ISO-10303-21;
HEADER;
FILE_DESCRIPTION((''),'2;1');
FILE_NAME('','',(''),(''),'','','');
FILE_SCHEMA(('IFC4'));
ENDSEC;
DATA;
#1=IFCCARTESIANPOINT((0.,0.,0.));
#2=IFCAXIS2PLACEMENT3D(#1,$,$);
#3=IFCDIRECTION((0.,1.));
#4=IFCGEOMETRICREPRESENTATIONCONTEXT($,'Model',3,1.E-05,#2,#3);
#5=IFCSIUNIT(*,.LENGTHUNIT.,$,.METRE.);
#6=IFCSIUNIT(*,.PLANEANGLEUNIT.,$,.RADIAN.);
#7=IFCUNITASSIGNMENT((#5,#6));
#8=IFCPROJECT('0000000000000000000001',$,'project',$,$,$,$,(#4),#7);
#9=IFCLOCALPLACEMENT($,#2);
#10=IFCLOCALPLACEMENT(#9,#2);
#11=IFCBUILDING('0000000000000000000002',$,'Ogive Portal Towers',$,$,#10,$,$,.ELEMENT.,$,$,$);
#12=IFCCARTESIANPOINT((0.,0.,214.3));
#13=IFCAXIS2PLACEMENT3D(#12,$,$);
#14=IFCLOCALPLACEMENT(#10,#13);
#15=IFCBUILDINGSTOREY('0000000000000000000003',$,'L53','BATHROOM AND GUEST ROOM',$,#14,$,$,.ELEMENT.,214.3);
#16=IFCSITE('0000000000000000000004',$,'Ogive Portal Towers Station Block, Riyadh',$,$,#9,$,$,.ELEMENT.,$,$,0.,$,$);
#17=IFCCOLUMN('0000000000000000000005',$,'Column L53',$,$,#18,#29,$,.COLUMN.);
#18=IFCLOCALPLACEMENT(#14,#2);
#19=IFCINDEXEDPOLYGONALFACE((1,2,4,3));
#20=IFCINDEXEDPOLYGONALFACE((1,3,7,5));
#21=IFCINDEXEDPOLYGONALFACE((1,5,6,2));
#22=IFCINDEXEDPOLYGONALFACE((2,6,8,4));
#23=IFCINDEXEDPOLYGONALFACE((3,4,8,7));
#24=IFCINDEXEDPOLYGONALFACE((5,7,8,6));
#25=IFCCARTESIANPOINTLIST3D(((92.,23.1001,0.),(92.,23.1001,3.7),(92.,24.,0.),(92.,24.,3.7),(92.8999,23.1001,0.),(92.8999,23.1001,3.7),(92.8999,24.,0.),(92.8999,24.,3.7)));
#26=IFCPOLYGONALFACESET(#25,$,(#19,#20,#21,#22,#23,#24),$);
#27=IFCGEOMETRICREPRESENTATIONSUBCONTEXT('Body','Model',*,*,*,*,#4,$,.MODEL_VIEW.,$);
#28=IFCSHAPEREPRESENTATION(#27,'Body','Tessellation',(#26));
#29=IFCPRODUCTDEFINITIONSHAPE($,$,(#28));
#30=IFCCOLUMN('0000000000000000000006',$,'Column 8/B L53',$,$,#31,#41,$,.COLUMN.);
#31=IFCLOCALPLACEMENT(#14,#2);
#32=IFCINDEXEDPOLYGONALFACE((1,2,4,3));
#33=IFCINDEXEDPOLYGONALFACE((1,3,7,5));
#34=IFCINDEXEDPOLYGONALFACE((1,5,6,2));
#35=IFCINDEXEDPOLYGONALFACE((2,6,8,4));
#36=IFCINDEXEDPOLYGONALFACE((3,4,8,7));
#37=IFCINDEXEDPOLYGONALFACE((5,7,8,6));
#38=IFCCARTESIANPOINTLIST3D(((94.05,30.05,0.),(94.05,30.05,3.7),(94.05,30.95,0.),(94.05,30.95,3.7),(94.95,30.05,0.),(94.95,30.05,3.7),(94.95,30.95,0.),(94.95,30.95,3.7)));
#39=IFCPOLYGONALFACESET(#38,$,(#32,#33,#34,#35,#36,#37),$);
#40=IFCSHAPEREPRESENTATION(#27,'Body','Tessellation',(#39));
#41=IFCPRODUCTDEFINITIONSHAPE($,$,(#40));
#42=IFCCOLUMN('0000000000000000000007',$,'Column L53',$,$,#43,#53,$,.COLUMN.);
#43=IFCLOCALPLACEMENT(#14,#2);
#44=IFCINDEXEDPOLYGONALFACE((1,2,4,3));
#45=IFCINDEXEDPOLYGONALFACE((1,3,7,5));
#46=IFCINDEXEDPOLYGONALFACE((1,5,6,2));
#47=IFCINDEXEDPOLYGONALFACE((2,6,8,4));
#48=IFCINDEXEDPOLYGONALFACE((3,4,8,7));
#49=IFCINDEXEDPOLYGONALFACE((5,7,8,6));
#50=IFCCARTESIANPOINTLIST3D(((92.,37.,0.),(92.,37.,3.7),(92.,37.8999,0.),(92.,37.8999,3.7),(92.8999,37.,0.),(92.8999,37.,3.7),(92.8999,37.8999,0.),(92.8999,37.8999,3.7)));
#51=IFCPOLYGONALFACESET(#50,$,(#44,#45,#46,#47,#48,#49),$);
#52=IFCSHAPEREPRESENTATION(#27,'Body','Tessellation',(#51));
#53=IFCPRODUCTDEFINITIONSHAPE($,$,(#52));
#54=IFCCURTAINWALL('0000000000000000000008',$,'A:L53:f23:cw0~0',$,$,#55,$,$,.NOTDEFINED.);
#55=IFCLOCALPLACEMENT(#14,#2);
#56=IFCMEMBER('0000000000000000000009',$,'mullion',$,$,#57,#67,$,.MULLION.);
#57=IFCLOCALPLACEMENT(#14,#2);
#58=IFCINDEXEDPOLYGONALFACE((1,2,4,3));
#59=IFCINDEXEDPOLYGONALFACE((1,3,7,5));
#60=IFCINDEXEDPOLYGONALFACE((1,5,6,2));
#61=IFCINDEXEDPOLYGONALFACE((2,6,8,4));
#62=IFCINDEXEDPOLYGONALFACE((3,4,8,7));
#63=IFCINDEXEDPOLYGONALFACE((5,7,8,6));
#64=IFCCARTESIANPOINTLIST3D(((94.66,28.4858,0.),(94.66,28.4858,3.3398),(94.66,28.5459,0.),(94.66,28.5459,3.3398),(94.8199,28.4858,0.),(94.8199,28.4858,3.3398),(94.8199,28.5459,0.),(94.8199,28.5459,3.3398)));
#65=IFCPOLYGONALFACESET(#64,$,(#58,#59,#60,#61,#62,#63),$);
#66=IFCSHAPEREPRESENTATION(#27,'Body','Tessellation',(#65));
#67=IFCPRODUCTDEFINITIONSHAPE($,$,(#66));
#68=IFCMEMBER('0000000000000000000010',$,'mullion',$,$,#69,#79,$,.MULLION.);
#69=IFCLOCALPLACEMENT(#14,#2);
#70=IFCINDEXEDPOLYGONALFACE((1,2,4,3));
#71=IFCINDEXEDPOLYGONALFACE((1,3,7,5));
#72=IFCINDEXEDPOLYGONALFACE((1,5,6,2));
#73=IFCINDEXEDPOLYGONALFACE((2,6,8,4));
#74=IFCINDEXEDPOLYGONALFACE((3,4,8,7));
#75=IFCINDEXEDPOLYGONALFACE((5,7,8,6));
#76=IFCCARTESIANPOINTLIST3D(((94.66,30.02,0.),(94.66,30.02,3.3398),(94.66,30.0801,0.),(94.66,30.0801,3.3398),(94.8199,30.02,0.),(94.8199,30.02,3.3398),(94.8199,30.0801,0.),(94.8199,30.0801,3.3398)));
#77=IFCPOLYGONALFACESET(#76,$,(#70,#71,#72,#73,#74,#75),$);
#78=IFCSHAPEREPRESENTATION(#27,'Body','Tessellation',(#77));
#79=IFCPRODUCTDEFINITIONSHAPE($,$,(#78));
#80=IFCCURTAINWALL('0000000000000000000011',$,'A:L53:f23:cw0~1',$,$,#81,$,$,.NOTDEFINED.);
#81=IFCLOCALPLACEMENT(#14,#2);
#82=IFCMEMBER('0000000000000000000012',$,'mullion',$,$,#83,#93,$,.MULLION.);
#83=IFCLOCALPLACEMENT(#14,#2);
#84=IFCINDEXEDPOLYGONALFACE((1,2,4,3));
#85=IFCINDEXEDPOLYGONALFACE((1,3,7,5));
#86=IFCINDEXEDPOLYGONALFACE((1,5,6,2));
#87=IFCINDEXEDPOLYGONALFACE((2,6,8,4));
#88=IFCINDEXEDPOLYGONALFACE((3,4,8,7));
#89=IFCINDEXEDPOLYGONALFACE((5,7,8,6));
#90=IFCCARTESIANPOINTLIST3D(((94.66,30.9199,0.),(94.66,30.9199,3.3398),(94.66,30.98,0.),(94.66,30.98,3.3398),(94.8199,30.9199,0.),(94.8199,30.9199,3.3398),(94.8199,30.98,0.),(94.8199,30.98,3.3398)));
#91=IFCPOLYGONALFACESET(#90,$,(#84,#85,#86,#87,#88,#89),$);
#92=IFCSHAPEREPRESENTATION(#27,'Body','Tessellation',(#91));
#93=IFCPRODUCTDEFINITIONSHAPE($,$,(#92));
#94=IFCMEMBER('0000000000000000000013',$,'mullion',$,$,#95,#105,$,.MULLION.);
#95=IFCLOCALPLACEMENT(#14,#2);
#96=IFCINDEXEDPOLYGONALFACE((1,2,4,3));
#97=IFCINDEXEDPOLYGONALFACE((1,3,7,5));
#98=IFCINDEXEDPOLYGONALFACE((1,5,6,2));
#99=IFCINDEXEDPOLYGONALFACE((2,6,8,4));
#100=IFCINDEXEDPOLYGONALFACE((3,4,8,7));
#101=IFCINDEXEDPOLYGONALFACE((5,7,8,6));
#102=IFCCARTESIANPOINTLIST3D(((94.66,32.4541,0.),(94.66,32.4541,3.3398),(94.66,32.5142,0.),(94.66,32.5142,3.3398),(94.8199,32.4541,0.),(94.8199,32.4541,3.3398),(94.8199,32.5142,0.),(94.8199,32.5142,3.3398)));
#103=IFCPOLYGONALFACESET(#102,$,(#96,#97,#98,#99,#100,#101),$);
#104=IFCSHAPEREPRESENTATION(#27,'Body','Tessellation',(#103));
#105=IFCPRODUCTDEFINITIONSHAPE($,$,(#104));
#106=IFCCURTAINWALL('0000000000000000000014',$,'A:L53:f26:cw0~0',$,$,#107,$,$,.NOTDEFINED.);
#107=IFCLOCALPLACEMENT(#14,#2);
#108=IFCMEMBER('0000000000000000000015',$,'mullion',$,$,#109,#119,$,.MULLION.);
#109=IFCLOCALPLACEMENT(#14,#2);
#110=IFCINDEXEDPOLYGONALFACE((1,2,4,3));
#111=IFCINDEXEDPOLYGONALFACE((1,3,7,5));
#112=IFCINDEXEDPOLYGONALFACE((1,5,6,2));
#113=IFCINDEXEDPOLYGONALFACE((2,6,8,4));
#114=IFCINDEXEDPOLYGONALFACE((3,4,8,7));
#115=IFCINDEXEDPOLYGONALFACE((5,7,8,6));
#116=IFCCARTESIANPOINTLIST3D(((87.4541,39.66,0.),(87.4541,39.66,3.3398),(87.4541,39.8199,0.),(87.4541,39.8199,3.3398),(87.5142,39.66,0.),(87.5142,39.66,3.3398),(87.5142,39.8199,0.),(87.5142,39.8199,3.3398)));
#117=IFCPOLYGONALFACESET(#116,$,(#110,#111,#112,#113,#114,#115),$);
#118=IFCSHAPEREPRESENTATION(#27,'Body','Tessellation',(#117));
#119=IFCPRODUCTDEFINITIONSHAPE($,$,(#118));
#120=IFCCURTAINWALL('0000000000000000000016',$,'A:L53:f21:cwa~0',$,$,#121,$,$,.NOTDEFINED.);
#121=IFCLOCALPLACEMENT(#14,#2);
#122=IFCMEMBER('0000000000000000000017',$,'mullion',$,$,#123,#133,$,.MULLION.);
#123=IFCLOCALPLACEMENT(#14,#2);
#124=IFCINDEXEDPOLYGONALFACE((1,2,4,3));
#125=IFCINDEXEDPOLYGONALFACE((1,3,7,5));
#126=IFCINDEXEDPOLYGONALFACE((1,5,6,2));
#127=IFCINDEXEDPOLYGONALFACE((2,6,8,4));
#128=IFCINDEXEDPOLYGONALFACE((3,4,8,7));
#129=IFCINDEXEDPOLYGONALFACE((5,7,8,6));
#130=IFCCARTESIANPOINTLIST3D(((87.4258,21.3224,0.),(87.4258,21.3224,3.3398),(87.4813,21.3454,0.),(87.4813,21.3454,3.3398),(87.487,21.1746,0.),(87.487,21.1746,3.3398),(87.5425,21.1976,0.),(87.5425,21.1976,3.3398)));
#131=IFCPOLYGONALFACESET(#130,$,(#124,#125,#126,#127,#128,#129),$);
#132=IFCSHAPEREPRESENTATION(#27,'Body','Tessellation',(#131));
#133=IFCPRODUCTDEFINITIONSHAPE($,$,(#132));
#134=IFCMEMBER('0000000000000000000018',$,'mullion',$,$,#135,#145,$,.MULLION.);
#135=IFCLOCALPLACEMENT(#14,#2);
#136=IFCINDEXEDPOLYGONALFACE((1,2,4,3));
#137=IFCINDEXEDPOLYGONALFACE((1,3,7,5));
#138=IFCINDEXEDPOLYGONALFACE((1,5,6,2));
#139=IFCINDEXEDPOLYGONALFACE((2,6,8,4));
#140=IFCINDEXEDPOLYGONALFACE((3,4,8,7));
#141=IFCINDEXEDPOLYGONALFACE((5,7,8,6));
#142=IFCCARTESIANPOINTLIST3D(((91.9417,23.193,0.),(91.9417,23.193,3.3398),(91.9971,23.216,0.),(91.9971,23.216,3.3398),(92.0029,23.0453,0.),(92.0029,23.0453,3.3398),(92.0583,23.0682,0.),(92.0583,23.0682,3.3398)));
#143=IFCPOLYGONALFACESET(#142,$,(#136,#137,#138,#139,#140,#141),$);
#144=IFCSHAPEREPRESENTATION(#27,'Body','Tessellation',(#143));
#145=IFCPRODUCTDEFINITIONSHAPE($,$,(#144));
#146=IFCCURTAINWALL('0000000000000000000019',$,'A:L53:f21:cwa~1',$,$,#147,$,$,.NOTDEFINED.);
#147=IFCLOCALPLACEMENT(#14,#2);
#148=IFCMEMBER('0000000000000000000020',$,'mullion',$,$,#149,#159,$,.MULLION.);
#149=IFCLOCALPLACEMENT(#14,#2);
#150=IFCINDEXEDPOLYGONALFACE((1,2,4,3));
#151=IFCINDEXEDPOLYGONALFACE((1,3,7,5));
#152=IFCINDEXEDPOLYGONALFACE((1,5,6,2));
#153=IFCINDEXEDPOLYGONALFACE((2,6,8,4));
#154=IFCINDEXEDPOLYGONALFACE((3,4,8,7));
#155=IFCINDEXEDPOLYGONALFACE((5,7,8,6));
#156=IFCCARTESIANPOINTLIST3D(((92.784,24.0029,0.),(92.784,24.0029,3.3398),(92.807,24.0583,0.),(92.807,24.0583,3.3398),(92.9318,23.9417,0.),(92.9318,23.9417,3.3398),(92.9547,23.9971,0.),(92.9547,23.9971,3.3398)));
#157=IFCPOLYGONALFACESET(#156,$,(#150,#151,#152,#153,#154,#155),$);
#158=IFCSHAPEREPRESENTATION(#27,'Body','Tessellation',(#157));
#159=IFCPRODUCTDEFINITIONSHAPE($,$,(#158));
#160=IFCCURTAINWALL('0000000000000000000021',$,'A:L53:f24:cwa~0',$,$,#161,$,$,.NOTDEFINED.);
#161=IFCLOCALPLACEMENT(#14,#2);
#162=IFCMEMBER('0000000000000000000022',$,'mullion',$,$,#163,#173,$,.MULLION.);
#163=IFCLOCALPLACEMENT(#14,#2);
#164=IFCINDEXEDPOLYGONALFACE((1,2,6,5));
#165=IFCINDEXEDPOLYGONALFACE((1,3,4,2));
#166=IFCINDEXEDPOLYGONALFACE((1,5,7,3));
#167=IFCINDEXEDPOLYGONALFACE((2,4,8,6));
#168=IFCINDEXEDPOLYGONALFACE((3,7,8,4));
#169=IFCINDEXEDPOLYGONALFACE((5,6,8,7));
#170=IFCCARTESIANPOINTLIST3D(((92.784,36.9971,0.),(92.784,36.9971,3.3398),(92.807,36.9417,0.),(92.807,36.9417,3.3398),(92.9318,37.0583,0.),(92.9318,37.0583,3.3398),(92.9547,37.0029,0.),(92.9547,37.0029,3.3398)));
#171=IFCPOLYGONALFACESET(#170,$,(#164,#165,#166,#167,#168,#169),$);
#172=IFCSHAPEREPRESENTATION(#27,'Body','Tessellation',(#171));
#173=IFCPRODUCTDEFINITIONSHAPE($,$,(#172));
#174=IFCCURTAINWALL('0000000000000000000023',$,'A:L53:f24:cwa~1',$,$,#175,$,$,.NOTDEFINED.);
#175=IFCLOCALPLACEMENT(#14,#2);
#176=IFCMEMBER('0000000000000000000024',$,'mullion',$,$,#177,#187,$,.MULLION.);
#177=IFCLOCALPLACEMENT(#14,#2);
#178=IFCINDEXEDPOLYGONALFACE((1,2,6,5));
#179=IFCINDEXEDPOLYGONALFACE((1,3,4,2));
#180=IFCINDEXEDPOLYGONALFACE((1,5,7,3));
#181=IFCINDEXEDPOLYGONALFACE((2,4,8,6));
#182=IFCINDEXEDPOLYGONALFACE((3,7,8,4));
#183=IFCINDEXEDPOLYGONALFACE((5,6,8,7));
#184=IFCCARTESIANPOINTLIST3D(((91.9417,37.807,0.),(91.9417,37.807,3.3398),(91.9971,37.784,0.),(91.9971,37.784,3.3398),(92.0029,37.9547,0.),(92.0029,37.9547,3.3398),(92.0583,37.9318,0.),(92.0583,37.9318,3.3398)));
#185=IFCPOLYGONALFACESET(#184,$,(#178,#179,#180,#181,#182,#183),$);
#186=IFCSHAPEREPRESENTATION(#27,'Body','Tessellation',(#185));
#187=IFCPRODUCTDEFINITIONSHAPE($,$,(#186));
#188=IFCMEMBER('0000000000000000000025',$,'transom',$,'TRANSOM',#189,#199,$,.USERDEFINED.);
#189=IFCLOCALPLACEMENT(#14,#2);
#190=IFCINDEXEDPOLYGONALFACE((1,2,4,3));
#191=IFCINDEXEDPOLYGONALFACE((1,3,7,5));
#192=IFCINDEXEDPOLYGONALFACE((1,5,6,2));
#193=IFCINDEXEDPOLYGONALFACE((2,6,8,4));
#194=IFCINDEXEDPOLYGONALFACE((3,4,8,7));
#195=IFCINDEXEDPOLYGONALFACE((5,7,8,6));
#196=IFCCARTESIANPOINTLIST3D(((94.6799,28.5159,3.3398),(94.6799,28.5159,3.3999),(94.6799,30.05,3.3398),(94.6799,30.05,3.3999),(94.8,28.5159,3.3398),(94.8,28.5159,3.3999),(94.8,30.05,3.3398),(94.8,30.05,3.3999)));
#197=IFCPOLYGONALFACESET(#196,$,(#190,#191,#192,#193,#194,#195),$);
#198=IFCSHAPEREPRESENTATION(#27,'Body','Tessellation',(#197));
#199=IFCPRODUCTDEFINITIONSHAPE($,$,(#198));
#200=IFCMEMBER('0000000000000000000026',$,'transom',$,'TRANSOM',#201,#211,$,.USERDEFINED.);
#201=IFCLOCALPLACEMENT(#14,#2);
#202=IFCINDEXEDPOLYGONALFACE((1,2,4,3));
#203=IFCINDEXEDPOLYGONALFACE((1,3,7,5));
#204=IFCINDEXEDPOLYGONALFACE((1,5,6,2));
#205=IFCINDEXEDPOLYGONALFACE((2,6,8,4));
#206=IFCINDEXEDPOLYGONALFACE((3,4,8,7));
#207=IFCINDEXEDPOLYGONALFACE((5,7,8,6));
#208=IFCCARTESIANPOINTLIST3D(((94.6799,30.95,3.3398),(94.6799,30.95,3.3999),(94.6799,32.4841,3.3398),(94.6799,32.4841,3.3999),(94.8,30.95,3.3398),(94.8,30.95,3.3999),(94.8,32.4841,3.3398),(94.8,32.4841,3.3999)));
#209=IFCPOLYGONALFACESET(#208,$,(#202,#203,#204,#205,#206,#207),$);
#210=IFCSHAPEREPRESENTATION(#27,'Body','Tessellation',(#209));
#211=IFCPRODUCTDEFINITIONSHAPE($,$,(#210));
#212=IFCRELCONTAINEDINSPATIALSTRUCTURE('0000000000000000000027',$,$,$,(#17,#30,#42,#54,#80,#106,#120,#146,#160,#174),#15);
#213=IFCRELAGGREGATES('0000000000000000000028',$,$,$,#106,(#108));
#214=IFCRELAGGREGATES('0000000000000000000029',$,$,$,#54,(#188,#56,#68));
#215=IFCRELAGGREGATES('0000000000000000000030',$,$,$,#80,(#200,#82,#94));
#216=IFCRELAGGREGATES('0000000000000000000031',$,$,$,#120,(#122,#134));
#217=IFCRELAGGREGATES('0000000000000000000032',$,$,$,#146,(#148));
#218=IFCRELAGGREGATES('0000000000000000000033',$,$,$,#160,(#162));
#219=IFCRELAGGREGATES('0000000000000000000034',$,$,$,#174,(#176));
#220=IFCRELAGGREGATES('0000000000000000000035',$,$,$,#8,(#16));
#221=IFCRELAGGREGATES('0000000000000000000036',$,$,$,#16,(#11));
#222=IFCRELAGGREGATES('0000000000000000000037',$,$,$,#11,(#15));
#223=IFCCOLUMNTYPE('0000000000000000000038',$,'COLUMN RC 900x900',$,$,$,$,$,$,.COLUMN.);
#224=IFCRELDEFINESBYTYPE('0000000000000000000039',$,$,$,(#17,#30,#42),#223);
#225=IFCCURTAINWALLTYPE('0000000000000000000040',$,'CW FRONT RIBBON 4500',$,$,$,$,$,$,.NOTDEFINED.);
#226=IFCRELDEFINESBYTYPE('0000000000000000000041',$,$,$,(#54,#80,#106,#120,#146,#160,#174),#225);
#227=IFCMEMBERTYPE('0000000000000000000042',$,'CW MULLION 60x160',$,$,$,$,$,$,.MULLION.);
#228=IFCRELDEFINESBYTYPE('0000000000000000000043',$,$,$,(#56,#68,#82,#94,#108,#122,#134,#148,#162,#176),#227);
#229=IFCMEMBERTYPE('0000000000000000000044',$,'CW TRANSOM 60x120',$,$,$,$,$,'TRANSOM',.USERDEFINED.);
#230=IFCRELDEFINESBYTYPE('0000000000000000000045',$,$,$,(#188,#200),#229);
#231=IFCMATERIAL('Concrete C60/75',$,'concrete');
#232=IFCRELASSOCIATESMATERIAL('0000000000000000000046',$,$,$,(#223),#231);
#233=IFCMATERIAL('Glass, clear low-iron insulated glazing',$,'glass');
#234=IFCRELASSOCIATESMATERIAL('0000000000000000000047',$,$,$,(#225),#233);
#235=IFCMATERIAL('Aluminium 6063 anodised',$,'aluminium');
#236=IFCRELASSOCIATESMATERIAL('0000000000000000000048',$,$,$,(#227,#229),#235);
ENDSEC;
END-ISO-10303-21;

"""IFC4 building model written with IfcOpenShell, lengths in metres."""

from ifc_helpers import new_model, si_unit, direction, frame, origin, origin_2d, place, context, subcontext, project, spatial, rectangle, extrude, material, material_profile, profile_set, type_object, element, aggregate, save


model = new_model("IFC4")

# Units and contexts
model_context = context("Model", 3, precision=1e-05, world=origin(), true_north=direction((0.0, 1.0)))
body_context = subcontext(model_context, "Body", "Model", "MODEL_VIEW")
ifc_project = project(units=[si_unit("LENGTHUNIT", "METRE"), si_unit("PLANEANGLEUNIT", "RADIAN")], contexts=[model_context])

# Site, building, storey
site_placement = place(None, origin())
site = spatial("IfcSite", under=ifc_project, at=site_placement, Name="Ogive Portal Towers Station Block, Riyadh", CompositionType="ELEMENT", RefElevation=0.0)
building_placement = place(site_placement, origin())
building = spatial("IfcBuilding", under=site, at=building_placement, Name="Ogive Portal Towers", CompositionType="ELEMENT")
storey_placement = place(building_placement, frame((0.0, 0.0, 214.3)))
storey = spatial("IfcBuildingStorey", under=building, at=storey_placement, Name="L53", Description="BATHROOM AND GUEST ROOM", CompositionType="ELEMENT", Elevation=214.3)

# Columns
ifc_material_1 = material(Name="Concrete C60/75", Category="concrete")
ifc_material_profile_1 = material_profile(ifc_material_1, rectangle(XDim=0.8999, YDim=0.8999, at=origin_2d()), Name="RC 900x900")
ifc_profile_set_1 = profile_set([ifc_material_profile_1], Name="Concrete C60/75")
column_type = type_object("IfcColumnType", Name="COLUMN RC 900x900", PredefinedType="COLUMN", material=ifc_profile_set_1)
for number, where, z_axis, x_axis, name in (
    (1, (92.45, 23.55, 0.0), (0.0, 0.0, 1.0), (1.0, 0.0, 0.0), "Column L53"),
    (2, (94.5, 30.5, 0.0), (0.0, 0.0, 1.0), (1.0, 0.0, 0.0), "Column 8/B L53"),
    (3, (92.45, 37.45, 0.0), (0.0, 0.0, 1.0), (1.0, 0.0, 0.0), "Column L53"),
):
    element("IfcColumn", number, at=place(storey_placement, frame(where, z_axis=z_axis, x_axis=x_axis)), inside=storey, type_object=column_type, Name=name, PredefinedType="COLUMN", context=body_context, shape_type="SweptSolid", body=[
        extrude(rectangle(XDim=0.8999, YDim=0.8999, at=origin_2d()), origin(), (0.0, 0.0, 1.0), 3.7),
    ])

# Curtain walls, members
ifc_material_2 = material(Name="Glass, clear low-iron insulated glazing", Category="glass")
curtain_wall_type = type_object("IfcCurtainWallType", Name="CW FRONT RIBBON 4500", PredefinedType="NOTDEFINED", material=ifc_material_2)
curtain_wall_1_placement = place(storey_placement, origin())
curtain_wall_1 = element("IfcCurtainWall", 4, at=curtain_wall_1_placement, inside=storey, type_object=curtain_wall_type, Name="A:L53:f23:cw0~0", PredefinedType="NOTDEFINED")
ifc_material_3 = material(Name="Aluminium 6063 anodised", Category="aluminium")
ifc_material_profile_2 = material_profile(ifc_material_3, rectangle(XDim=0.1599, YDim=0.0601, at=origin_2d()), Name="AL 60x160")
ifc_profile_set_2 = profile_set([ifc_material_profile_2], Name="Aluminium 6063 anodised")
member_type_1 = type_object("IfcMemberType", Name="CW MULLION 60x160", PredefinedType="MULLION", material=ifc_profile_set_2)
member_1_placement = place(storey_placement, frame((94.74, 28.5159, 0.0), z_axis=(0.0, 0.0, 1.0), x_axis=(-1.0, 0.0, 0.0)))
member_1 = element("IfcMember", 5, at=member_1_placement, type_object=member_type_1, Name="mullion", PredefinedType="MULLION", context=body_context, shape_type="SweptSolid", body=[
    extrude(rectangle(XDim=0.1599, YDim=0.0601, at=origin_2d()), origin(), (0.0, 0.0, 1.0), 3.3398),
])
member_2_placement = place(storey_placement, frame((94.74, 30.05, 0.0), z_axis=(0.0, 0.0, 1.0), x_axis=(-1.0, 0.0, 0.0)))
member_2 = element("IfcMember", 6, at=member_2_placement, type_object=member_type_1, Name="mullion", PredefinedType="MULLION", context=body_context, shape_type="SweptSolid", body=[
    extrude(rectangle(XDim=0.1599, YDim=0.0601, at=origin_2d()), origin(), (0.0, 0.0, 1.0), 3.3398),
])
curtain_wall_2_placement = place(storey_placement, origin())
curtain_wall_2 = element("IfcCurtainWall", 7, at=curtain_wall_2_placement, inside=storey, type_object=curtain_wall_type, Name="A:L53:f23:cw0~1", PredefinedType="NOTDEFINED")
member_3_placement = place(storey_placement, frame((94.74, 30.95, 0.0), z_axis=(0.0, 0.0, 1.0), x_axis=(-1.0, 0.0, 0.0)))
member_3 = element("IfcMember", 8, at=member_3_placement, type_object=member_type_1, Name="mullion", PredefinedType="MULLION", context=body_context, shape_type="SweptSolid", body=[
    extrude(rectangle(XDim=0.1599, YDim=0.0601, at=origin_2d()), origin(), (0.0, 0.0, 1.0), 3.3398),
])
member_4_placement = place(storey_placement, frame((94.74, 32.4841, 0.0), z_axis=(0.0, 0.0, 1.0), x_axis=(-1.0, 0.0, 0.0)))
member_4 = element("IfcMember", 9, at=member_4_placement, type_object=member_type_1, Name="mullion", PredefinedType="MULLION", context=body_context, shape_type="SweptSolid", body=[
    extrude(rectangle(XDim=0.1599, YDim=0.0601, at=origin_2d()), origin(), (0.0, 0.0, 1.0), 3.3398),
])

# Curtain wall, member
curtain_wall_3_placement = place(storey_placement, origin())
curtain_wall_3 = element("IfcCurtainWall", 10, at=curtain_wall_3_placement, inside=storey, type_object=curtain_wall_type, Name="A:L53:f26:cw0~0", PredefinedType="NOTDEFINED")
member_5_placement = place(storey_placement, frame((87.4841, 39.74, 0.0), z_axis=(0.0, 0.0, 1.0), x_axis=(0.0, -1.0, 0.0)))
member_5 = element("IfcMember", 11, at=member_5_placement, type_object=member_type_1, Name="mullion", PredefinedType="MULLION", context=body_context, shape_type="SweptSolid", body=[
    extrude(rectangle(XDim=0.1599, YDim=0.0601, at=origin_2d()), origin(), (0.0, 0.0, 1.0), 3.3398),
])
aggregate(curtain_wall_3, [member_5])

# Curtain wall, members
curtain_wall_4_placement = place(storey_placement, origin())
curtain_wall_4 = element("IfcCurtainWall", 12, at=curtain_wall_4_placement, inside=storey, type_object=curtain_wall_type, Name="A:L53:f21:cwa~0", PredefinedType="NOTDEFINED")
member_6_placement = place(storey_placement, frame((87.4841, 21.26, 0.0), z_axis=(0.0, 0.0, 1.0), x_axis=(-0.382683, 0.92388, 0.0)))
member_6 = element("IfcMember", 13, at=member_6_placement, type_object=member_type_1, Name="mullion", PredefinedType="MULLION", context=body_context, shape_type="SweptSolid", body=[
    extrude(rectangle(XDim=0.1599, YDim=0.0601, at=origin_2d()), origin(), (0.0, 0.0, 1.0), 3.3398),
])
member_7_placement = place(storey_placement, frame((92.0, 23.1306, 0.0), z_axis=(0.0, 0.0, 1.0), x_axis=(-0.382683, 0.92388, 0.0)))
member_7 = element("IfcMember", 14, at=member_7_placement, type_object=member_type_1, Name="mullion", PredefinedType="MULLION", context=body_context, shape_type="SweptSolid", body=[
    extrude(rectangle(XDim=0.1599, YDim=0.0601, at=origin_2d()), origin(), (0.0, 0.0, 1.0), 3.3398),
])

# Curtain walls, members
curtain_wall_5_placement = place(storey_placement, origin())
curtain_wall_5 = element("IfcCurtainWall", 15, at=curtain_wall_5_placement, inside=storey, type_object=curtain_wall_type, Name="A:L53:f21:cwa~1", PredefinedType="NOTDEFINED")
member_8_placement = place(storey_placement, frame((92.8694, 24.0, 0.0), z_axis=(0.0, 0.0, 1.0), x_axis=(-0.92388, 0.382683, 0.0)))
member_8 = element("IfcMember", 16, at=member_8_placement, type_object=member_type_1, Name="mullion", PredefinedType="MULLION", context=body_context, shape_type="SweptSolid", body=[
    extrude(rectangle(XDim=0.1599, YDim=0.0601, at=origin_2d()), origin(), (0.0, 0.0, 1.0), 3.3398),
])
curtain_wall_6_placement = place(storey_placement, origin())
curtain_wall_6 = element("IfcCurtainWall", 17, at=curtain_wall_6_placement, inside=storey, type_object=curtain_wall_type, Name="A:L53:f24:cwa~0", PredefinedType="NOTDEFINED")
member_9_placement = place(storey_placement, frame((92.8694, 37.0, 0.0), z_axis=(0.0, 0.0, 1.0), x_axis=(-0.92388, -0.382683, 0.0)))
member_9 = element("IfcMember", 18, at=member_9_placement, type_object=member_type_1, Name="mullion", PredefinedType="MULLION", context=body_context, shape_type="SweptSolid", body=[
    extrude(rectangle(XDim=0.1599, YDim=0.0601, at=origin_2d()), origin(), (0.0, 0.0, 1.0), 3.3398),
])
curtain_wall_7_placement = place(storey_placement, origin())
curtain_wall_7 = element("IfcCurtainWall", 19, at=curtain_wall_7_placement, inside=storey, type_object=curtain_wall_type, Name="A:L53:f24:cwa~1", PredefinedType="NOTDEFINED")
member_10_placement = place(storey_placement, frame((92.0, 37.8694, 0.0), z_axis=(0.0, 0.0, 1.0), x_axis=(-0.382683, -0.92388, 0.0)))
member_10 = element("IfcMember", 20, at=member_10_placement, type_object=member_type_1, Name="mullion", PredefinedType="MULLION", context=body_context, shape_type="SweptSolid", body=[
    extrude(rectangle(XDim=0.1599, YDim=0.0601, at=origin_2d()), origin(), (0.0, 0.0, 1.0), 3.3398),
])

# Members
ifc_material_profile_3 = material_profile(ifc_material_3, rectangle(XDim=0.1201, YDim=0.0601, at=origin_2d()), Name="AL 120x60")
ifc_profile_set_3 = profile_set([ifc_material_profile_3], Name="Aluminium 6063 anodised")
member_type_2 = type_object("IfcMemberType", Name="CW TRANSOM 60x120", ElementType="TRANSOM", PredefinedType="USERDEFINED", material=ifc_profile_set_3)
member_11_placement = place(storey_placement, frame((94.74, 28.5159, 3.3699), z_axis=(0.0, 1.0, 0.0), x_axis=(-1.0, 0.0, 0.0)))
member_11 = element("IfcMember", 21, at=member_11_placement, type_object=member_type_2, Name="transom", ObjectType="TRANSOM", PredefinedType="USERDEFINED", context=body_context, shape_type="SweptSolid", body=[
    extrude(rectangle(XDim=0.1201, YDim=0.0601, at=origin_2d()), origin(), (0.0, 0.0, 1.0), 1.5342),
])
member_12_placement = place(storey_placement, frame((94.74, 30.95, 3.3699), z_axis=(0.0, 1.0, 0.0), x_axis=(-1.0, 0.0, 0.0)))
member_12 = element("IfcMember", 22, at=member_12_placement, type_object=member_type_2, Name="transom", ObjectType="TRANSOM", PredefinedType="USERDEFINED", context=body_context, shape_type="SweptSolid", body=[
    extrude(rectangle(XDim=0.1201, YDim=0.0601, at=origin_2d()), origin(), (0.0, 0.0, 1.0), 1.5342),
])

aggregate(curtain_wall_1, [member_11, member_1, member_2])
aggregate(curtain_wall_2, [member_12, member_3, member_4])
aggregate(curtain_wall_4, [member_6, member_7])
aggregate(curtain_wall_5, [member_8])
aggregate(curtain_wall_6, [member_9])
aggregate(curtain_wall_7, [member_10])

save(model, "model.ifc")
